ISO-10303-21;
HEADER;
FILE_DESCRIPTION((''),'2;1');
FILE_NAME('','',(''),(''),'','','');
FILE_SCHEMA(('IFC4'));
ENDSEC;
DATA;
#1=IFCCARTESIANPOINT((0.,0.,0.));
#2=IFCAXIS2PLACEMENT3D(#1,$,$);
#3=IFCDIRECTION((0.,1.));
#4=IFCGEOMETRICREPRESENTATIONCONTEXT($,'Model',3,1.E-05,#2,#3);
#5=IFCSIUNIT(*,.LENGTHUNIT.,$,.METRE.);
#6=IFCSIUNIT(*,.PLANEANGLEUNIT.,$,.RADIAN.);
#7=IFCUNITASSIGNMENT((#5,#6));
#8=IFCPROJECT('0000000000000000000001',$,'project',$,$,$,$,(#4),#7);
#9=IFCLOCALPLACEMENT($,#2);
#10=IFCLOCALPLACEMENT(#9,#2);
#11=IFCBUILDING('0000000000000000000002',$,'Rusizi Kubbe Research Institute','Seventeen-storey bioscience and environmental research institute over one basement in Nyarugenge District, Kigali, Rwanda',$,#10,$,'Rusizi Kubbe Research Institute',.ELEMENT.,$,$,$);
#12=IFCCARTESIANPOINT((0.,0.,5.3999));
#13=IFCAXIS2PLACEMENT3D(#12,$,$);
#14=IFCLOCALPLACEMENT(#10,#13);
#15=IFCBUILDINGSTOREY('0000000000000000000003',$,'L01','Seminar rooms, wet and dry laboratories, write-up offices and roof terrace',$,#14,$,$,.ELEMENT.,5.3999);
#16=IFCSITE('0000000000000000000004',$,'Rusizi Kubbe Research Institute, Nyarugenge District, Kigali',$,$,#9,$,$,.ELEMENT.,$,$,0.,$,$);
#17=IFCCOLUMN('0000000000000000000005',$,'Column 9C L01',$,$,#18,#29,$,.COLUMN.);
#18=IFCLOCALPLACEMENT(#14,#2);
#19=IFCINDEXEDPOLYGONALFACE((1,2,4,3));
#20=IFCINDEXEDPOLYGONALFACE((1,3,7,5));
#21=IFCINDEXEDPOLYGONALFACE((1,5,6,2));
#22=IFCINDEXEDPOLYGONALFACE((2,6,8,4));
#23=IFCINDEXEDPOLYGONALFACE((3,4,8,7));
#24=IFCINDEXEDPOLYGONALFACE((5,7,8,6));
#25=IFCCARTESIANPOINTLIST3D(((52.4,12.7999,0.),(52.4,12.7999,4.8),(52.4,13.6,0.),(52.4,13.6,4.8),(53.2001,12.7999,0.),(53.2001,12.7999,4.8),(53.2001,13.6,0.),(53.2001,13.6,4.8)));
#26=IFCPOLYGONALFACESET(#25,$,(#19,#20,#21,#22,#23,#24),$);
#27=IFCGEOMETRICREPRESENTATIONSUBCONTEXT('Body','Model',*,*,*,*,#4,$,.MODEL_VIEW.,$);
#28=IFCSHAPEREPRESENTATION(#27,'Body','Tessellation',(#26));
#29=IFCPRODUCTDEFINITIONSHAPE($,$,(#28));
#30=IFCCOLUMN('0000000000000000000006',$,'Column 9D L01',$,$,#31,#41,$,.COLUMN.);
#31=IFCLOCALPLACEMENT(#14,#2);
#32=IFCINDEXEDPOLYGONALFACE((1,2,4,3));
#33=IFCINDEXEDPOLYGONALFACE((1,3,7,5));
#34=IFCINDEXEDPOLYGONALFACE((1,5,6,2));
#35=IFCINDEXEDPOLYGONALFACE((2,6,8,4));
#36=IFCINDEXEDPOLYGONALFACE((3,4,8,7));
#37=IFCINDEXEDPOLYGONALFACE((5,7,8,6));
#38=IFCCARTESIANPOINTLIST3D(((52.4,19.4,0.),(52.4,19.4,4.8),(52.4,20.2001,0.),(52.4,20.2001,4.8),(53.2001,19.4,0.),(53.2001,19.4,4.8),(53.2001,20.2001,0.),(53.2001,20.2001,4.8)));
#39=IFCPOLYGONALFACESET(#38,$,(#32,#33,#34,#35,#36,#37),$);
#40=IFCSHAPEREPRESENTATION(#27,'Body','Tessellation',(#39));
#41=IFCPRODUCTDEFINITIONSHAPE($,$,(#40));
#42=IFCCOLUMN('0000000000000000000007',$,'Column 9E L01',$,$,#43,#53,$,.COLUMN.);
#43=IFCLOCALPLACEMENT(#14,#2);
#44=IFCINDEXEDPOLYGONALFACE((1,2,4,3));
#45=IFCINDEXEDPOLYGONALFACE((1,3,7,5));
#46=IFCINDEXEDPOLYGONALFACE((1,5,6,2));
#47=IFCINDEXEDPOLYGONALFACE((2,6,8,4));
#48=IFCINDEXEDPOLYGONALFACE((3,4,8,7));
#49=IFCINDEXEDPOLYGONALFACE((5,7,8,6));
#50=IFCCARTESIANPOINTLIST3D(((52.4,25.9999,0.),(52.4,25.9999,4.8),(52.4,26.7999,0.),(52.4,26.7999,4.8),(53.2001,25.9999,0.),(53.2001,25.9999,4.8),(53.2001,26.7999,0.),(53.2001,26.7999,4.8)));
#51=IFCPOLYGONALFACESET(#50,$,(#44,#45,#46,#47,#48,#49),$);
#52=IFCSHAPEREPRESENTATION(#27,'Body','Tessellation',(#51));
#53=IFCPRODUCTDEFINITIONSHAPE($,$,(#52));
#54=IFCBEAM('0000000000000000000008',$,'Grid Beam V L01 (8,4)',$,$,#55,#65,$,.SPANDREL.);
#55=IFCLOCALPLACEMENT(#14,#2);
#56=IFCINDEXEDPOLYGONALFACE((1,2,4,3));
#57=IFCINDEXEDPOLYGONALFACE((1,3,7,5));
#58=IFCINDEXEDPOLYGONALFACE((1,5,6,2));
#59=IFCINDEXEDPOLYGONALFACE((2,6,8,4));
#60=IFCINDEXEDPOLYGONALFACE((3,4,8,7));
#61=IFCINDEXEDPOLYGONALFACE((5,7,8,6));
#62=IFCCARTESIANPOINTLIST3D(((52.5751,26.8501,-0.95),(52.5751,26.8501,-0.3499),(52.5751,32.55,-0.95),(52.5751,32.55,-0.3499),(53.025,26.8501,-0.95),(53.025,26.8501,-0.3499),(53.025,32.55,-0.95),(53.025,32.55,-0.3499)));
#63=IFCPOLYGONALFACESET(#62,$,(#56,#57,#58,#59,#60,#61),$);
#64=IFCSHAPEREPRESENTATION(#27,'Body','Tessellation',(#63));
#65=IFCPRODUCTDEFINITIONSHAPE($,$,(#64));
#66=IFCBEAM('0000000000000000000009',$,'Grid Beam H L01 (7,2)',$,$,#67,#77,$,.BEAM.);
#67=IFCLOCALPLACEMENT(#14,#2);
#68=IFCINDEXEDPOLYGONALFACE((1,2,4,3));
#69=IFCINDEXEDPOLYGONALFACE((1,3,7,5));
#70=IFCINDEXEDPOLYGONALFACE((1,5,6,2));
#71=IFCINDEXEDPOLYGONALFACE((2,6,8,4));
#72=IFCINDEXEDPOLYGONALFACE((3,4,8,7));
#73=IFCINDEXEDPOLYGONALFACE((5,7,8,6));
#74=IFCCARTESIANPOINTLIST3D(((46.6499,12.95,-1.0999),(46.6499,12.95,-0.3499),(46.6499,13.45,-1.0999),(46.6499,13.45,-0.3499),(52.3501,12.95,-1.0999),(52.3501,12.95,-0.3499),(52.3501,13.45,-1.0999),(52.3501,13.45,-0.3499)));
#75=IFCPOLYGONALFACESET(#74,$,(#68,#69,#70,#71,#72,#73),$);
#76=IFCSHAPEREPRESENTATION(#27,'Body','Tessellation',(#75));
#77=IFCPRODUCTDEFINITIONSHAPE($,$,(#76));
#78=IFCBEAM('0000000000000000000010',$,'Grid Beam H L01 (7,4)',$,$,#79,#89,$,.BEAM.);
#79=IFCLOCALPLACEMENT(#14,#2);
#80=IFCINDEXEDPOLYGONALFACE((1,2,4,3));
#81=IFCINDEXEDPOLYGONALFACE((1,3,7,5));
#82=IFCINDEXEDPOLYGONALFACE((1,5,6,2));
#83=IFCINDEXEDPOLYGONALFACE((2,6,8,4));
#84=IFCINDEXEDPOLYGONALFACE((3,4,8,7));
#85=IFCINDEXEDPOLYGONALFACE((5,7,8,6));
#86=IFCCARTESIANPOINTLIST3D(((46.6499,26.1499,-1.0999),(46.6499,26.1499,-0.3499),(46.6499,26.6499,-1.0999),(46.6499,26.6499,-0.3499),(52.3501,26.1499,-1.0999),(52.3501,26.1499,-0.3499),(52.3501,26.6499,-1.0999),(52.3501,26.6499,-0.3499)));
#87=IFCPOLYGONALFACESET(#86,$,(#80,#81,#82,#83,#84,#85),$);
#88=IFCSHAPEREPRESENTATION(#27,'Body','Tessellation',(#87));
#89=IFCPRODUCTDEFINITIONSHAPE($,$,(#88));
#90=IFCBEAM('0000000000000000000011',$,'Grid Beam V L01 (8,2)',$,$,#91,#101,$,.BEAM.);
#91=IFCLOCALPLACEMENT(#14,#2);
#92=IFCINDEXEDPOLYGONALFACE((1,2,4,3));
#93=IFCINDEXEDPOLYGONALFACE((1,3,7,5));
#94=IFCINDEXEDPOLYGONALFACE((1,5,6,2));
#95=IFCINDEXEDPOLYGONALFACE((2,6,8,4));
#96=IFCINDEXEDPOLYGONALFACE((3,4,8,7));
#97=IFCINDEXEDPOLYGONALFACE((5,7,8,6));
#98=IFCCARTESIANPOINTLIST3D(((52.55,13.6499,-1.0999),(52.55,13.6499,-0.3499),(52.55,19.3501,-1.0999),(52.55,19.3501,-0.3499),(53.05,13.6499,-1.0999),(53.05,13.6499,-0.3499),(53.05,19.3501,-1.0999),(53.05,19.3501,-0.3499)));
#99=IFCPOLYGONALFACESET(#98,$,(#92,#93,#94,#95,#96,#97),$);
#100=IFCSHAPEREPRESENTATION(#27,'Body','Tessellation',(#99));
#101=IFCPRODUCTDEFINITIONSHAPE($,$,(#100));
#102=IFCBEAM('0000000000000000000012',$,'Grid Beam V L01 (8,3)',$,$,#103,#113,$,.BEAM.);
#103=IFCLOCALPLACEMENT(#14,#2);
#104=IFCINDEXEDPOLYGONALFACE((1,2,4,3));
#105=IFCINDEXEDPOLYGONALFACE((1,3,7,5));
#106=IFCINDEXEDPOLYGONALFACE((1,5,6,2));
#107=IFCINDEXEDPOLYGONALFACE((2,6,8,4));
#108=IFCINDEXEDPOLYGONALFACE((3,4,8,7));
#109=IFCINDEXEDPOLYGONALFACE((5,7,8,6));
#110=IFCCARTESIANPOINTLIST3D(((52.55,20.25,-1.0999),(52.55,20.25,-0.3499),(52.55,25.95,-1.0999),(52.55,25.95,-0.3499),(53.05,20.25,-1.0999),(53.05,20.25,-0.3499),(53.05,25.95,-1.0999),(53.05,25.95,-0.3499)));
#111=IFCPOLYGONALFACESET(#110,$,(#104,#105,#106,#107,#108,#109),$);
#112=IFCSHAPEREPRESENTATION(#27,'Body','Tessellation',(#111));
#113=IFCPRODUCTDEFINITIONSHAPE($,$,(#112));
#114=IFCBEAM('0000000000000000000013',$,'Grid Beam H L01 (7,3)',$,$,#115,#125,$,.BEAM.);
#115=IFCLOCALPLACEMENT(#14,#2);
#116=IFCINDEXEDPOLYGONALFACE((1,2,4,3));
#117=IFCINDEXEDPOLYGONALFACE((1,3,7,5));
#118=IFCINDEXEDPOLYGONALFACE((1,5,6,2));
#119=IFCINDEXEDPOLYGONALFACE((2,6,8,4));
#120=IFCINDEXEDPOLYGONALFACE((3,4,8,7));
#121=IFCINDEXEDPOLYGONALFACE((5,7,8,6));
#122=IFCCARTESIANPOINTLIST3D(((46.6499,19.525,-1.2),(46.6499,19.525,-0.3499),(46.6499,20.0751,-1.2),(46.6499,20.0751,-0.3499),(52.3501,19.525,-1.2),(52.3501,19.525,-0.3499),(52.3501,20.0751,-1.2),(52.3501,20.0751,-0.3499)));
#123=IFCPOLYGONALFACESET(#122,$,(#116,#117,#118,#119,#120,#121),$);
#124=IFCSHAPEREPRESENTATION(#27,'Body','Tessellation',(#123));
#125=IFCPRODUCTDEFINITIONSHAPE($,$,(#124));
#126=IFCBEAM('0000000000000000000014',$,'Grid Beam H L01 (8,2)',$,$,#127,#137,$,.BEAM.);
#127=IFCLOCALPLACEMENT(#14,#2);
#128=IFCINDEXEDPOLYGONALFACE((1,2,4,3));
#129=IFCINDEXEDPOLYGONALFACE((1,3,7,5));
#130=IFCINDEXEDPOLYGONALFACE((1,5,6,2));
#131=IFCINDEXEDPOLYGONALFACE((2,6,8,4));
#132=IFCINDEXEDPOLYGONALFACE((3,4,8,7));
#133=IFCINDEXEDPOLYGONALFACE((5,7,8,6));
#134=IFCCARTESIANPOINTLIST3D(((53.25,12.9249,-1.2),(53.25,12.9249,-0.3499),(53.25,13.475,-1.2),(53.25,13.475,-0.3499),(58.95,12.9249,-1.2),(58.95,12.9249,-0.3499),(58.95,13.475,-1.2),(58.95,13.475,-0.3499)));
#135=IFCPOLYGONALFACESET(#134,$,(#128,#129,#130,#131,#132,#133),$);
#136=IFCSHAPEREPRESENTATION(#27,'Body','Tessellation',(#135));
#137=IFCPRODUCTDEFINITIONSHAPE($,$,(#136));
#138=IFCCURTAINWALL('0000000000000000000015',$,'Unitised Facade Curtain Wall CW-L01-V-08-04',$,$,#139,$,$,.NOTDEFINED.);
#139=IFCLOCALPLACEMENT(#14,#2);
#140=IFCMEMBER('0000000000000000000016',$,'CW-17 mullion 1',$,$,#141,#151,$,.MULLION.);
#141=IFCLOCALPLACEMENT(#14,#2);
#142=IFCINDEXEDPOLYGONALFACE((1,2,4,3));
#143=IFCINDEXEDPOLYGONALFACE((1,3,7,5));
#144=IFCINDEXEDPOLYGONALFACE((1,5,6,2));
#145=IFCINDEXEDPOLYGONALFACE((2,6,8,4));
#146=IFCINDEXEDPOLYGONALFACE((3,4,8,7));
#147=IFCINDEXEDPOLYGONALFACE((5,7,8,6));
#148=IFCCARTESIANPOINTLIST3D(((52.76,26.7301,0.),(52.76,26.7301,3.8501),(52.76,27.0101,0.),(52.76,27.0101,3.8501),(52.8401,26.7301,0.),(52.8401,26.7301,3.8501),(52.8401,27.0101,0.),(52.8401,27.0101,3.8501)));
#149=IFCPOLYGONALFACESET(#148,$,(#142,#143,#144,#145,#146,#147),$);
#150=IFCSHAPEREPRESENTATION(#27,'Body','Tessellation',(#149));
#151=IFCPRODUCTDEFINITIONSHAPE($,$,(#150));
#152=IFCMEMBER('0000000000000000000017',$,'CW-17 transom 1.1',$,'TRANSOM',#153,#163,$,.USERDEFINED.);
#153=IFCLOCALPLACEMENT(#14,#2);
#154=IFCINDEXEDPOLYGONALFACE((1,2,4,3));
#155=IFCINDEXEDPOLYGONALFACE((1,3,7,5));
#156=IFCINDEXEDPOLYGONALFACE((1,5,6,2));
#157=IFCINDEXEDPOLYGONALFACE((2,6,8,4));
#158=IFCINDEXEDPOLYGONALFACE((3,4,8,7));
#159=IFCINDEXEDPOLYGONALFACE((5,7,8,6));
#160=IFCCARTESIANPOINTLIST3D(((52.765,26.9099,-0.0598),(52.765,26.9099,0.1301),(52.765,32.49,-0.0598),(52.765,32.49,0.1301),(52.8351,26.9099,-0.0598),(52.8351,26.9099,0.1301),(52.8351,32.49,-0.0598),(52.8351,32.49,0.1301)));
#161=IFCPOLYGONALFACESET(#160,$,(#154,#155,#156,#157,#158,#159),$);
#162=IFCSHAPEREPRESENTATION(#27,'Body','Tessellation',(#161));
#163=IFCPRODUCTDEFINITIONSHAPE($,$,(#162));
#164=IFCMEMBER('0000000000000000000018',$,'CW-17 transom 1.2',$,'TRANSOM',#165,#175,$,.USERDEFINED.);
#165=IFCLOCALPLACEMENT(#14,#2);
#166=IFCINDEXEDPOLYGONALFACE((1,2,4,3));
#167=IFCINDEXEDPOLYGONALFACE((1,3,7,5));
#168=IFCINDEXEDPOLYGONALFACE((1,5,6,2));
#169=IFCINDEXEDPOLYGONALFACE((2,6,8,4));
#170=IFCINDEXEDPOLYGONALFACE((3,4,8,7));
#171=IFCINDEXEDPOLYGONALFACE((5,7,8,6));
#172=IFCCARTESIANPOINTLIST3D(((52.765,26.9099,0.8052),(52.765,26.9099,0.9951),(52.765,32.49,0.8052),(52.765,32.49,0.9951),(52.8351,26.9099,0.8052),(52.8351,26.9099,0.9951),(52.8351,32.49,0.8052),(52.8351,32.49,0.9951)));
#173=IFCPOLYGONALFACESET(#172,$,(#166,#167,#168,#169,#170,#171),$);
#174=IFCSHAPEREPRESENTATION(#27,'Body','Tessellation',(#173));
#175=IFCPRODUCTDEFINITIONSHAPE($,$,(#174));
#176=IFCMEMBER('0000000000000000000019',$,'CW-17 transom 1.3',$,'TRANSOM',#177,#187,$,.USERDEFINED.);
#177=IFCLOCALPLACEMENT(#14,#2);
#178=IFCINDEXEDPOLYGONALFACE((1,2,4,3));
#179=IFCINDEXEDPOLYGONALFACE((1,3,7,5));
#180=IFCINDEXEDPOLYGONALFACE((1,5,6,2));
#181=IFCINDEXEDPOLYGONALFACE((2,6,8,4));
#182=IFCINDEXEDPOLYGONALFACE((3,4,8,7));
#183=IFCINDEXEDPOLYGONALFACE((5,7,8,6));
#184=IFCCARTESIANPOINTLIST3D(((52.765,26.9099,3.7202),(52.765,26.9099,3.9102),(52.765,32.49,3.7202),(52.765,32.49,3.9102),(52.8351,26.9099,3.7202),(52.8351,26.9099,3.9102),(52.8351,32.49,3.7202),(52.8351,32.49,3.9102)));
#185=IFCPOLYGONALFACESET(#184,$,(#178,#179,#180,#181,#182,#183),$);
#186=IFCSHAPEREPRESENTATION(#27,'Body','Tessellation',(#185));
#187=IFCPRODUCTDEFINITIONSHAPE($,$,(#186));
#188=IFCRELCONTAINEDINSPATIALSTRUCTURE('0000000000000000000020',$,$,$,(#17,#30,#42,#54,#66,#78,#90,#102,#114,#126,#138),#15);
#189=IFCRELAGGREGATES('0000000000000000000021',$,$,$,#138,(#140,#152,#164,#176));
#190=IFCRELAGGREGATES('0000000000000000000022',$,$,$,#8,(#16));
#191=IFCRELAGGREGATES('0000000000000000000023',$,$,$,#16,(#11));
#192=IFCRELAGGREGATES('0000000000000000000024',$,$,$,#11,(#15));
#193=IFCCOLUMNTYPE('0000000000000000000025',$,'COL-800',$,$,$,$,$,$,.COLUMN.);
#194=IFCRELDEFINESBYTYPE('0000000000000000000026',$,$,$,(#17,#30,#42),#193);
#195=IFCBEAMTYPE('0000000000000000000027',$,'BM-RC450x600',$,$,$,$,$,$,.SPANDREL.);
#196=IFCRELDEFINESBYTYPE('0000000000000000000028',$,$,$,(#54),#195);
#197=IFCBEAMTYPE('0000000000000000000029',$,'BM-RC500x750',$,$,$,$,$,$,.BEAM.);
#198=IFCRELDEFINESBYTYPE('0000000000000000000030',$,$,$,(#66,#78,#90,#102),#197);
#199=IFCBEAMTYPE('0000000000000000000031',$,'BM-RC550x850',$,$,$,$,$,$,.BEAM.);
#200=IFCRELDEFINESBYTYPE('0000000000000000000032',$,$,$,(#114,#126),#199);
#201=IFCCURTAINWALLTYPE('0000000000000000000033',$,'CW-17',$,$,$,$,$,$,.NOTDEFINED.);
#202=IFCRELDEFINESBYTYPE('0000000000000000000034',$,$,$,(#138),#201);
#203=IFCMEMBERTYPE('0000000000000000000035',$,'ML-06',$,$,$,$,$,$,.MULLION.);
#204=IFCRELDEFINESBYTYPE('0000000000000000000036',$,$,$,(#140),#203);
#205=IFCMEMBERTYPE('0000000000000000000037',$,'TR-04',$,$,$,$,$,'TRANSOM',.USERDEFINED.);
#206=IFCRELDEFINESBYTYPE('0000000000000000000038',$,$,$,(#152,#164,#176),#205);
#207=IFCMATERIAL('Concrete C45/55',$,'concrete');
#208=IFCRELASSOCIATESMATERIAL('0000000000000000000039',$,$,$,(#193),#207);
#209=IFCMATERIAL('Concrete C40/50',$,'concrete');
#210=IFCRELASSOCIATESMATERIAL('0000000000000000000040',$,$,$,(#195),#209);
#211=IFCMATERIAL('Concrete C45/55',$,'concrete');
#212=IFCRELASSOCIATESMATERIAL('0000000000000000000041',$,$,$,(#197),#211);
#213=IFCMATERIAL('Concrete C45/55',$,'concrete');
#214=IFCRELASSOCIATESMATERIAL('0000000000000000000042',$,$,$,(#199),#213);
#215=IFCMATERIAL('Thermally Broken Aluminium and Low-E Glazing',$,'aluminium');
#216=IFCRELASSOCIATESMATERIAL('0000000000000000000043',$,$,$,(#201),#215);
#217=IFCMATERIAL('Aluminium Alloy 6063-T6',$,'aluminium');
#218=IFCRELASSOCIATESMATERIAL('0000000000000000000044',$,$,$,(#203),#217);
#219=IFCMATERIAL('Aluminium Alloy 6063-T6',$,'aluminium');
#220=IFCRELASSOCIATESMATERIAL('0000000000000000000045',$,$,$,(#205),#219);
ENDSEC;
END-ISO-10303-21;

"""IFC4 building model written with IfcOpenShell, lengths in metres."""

from ifc_helpers import new_model, si_unit, direction, frame, origin, origin_2d, place, context, subcontext, project, spatial, rectangle, extrude, material, material_profile, profile_set, type_object, element, aggregate, save


model = new_model("IFC4")

# Units and contexts
model_context = context("Model", 3, precision=1e-05, world=origin(), true_north=direction((0.0, 1.0)))
body_context = subcontext(model_context, "Body", "Model", "MODEL_VIEW")
ifc_project = project(units=[si_unit("LENGTHUNIT", "METRE"), si_unit("PLANEANGLEUNIT", "RADIAN")], contexts=[model_context])

# Site, building, storey
site_placement = place(None, origin())
site = spatial("IfcSite", under=ifc_project, at=site_placement, Name="Rusizi Kubbe Research Institute, Nyarugenge District, Kigali", CompositionType="ELEMENT", RefElevation=0.0)
building_placement = place(site_placement, origin())
building = spatial("IfcBuilding", under=site, at=building_placement, Name="Rusizi Kubbe Research Institute", Description="Seventeen-storey bioscience and environmental research institute over one basement in Nyarugenge District, Kigali, Rwanda", LongName="Rusizi Kubbe Research Institute", CompositionType="ELEMENT")
storey_placement = place(building_placement, frame((0.0, 0.0, 5.3999)))
storey = spatial("IfcBuildingStorey", under=building, at=storey_placement, Name="L01", Description="Seminar rooms, wet and dry laboratories, write-up offices and roof terrace", CompositionType="ELEMENT", Elevation=5.3999)

# Columns
ifc_material_1 = material(Name="Concrete C45/55", Category="concrete")
ifc_material_profile_1 = material_profile(ifc_material_1, rectangle(XDim=0.8, YDim=0.8, at=origin_2d()), Name="RC800x800")
ifc_profile_set_1 = profile_set([ifc_material_profile_1], Name="Concrete C45/55")
column_type = type_object("IfcColumnType", Name="COL-800", PredefinedType="COLUMN", material=ifc_profile_set_1)
for number, where, z_axis, x_axis, name in (
    (1, (52.8, 13.2, 0.0), (0.0, 0.0, 1.0), (1.0, 0.0, 0.0), "Column 9C L01"),
    (2, (52.8, 19.8, 0.0), (0.0, 0.0, 1.0), (1.0, 0.0, 0.0), "Column 9D L01"),
    (3, (52.8, 26.3999, 0.0), (0.0, 0.0, 1.0), (1.0, 0.0, 0.0), "Column 9E L01"),
):
    element("IfcColumn", number, at=place(storey_placement, frame(where, z_axis=z_axis, x_axis=x_axis)), inside=storey, type_object=column_type, Name=name, PredefinedType="COLUMN", context=body_context, shape_type="SweptSolid", body=[
        extrude(rectangle(XDim=0.8, YDim=0.8, at=origin_2d()), origin(), (0.0, 0.0, 1.0), 4.8),
    ])

# Beams
ifc_material_2 = material(Name="Concrete C40/50", Category="concrete")
ifc_material_profile_2 = material_profile(ifc_material_2, rectangle(XDim=0.45, YDim=0.6001, at=origin_2d()), Name="RC450x600")
ifc_profile_set_2 = profile_set([ifc_material_profile_2], Name="Concrete C40/50")
beam_type_1 = type_object("IfcBeamType", Name="BM-RC450x600", PredefinedType="SPANDREL", material=ifc_profile_set_2)
beam_1_placement = place(storey_placement, frame((52.8, 26.8501, -0.6499), z_axis=(0.0, 1.0, 0.0), x_axis=(-1.0, 0.0, 0.0)))
element("IfcBeam", 4, at=beam_1_placement, inside=storey, type_object=beam_type_1, Name="Grid Beam V L01 (8,4)", PredefinedType="SPANDREL", context=body_context, shape_type="SweptSolid", body=[
    extrude(rectangle(XDim=0.45, YDim=0.6001, at=origin_2d()), origin(), (0.0, 0.0, 1.0), 5.7),
])
ifc_material_3 = material(Name="Concrete C45/55", Category="concrete")
ifc_material_profile_3 = material_profile(ifc_material_3, rectangle(XDim=0.5, YDim=0.75, at=origin_2d()), Name="RC500x750B")
ifc_profile_set_3 = profile_set([ifc_material_profile_3], Name="Concrete C45/55")
beam_type_2 = type_object("IfcBeamType", Name="BM-RC500x750", PredefinedType="BEAM", material=ifc_profile_set_3)
for number, where, z_axis, x_axis, name in (
    (5, (46.6499, 13.2, -0.7249), (1.0, 0.0, 0.0), (0.0, 1.0, 0.0), "Grid Beam H L01 (7,2)"),
    (6, (46.6499, 26.3999, -0.7249), (1.0, 0.0, 0.0), (0.0, 1.0, 0.0), "Grid Beam H L01 (7,4)"),
    (7, (52.8, 13.6499, -0.7249), (0.0, 1.0, 0.0), (-1.0, 0.0, 0.0), "Grid Beam V L01 (8,2)"),
):
    element("IfcBeam", number, at=place(storey_placement, frame(where, z_axis=z_axis, x_axis=x_axis)), inside=storey, type_object=beam_type_2, Name=name, PredefinedType="BEAM", context=body_context, shape_type="SweptSolid", body=[
        extrude(rectangle(XDim=0.5, YDim=0.75, at=origin_2d()), origin(), (0.0, 0.0, 1.0), 5.7002),
    ])
beam_2_placement = place(storey_placement, frame((52.8, 20.25, -0.7249), z_axis=(0.0, 1.0, 0.0), x_axis=(-1.0, 0.0, 0.0)))
element("IfcBeam", 8, at=beam_2_placement, inside=storey, type_object=beam_type_2, Name="Grid Beam V L01 (8,3)", PredefinedType="BEAM", context=body_context, shape_type="SweptSolid", body=[
    extrude(rectangle(XDim=0.5, YDim=0.75, at=origin_2d()), origin(), (0.0, 0.0, 1.0), 5.7),
])
ifc_material_4 = material(Name="Concrete C45/55", Category="concrete")
ifc_material_profile_4 = material_profile(ifc_material_4, rectangle(XDim=0.55, YDim=0.8501, at=origin_2d()), Name="RC550x850")
ifc_profile_set_4 = profile_set([ifc_material_profile_4], Name="Concrete C45/55")
beam_type_3 = type_object("IfcBeamType", Name="BM-RC550x850", PredefinedType="BEAM", material=ifc_profile_set_4)
beam_3_placement = place(storey_placement, frame((46.6499, 19.8, -0.7749), z_axis=(1.0, 0.0, 0.0), x_axis=(0.0, 1.0, 0.0)))
element("IfcBeam", 9, at=beam_3_placement, inside=storey, type_object=beam_type_3, Name="Grid Beam H L01 (7,3)", PredefinedType="BEAM", context=body_context, shape_type="SweptSolid", body=[
    extrude(rectangle(XDim=0.55, YDim=0.8501, at=origin_2d()), origin(), (0.0, 0.0, 1.0), 5.7002),
])
beam_4_placement = place(storey_placement, frame((53.25, 13.2, -0.7749), z_axis=(1.0, 0.0, 0.0), x_axis=(0.0, 1.0, 0.0)))
element("IfcBeam", 10, at=beam_4_placement, inside=storey, type_object=beam_type_3, Name="Grid Beam H L01 (8,2)", PredefinedType="BEAM", context=body_context, shape_type="SweptSolid", body=[
    extrude(rectangle(XDim=0.55, YDim=0.8501, at=origin_2d()), origin(), (0.0, 0.0, 1.0), 5.7),
])

# Curtain wall, members
ifc_material_5 = material(Name="Thermally Broken Aluminium and Low-E Glazing", Category="aluminium")
curtain_wall_type = type_object("IfcCurtainWallType", Name="CW-17", PredefinedType="NOTDEFINED", material=ifc_material_5)
curtain_wall_placement = place(storey_placement, origin())
curtain_wall = element("IfcCurtainWall", 11, at=curtain_wall_placement, inside=storey, type_object=curtain_wall_type, Name="Unitised Facade Curtain Wall CW-L01-V-08-04", PredefinedType="NOTDEFINED")
ifc_material_6 = material(Name="Aluminium Alloy 6063-T6", Category="aluminium")
ifc_material_profile_5 = material_profile(ifc_material_6, rectangle(XDim=0.0801, YDim=0.28, at=origin_2d()), Name="ALU-M 80x280")
ifc_profile_set_5 = profile_set([ifc_material_profile_5], Name="Aluminium Alloy 6063-T6")
member_type_1 = type_object("IfcMemberType", Name="ML-06", PredefinedType="MULLION", material=ifc_profile_set_5)
member_1_placement = place(storey_placement, frame((52.8, 26.8701, 0.0), z_axis=(0.0, 0.0, 1.0), x_axis=(-1.0, 0.0, 0.0)))
member_1 = element("IfcMember", 12, at=member_1_placement, type_object=member_type_1, Name="CW-17 mullion 1", PredefinedType="MULLION", context=body_context, shape_type="SweptSolid", body=[
    extrude(rectangle(XDim=0.0801, YDim=0.28, at=origin_2d()), origin(), (0.0, 0.0, 1.0), 3.8501),
])
ifc_material_7 = material(Name="Aluminium Alloy 6063-T6", Category="aluminium")
ifc_material_profile_6 = material_profile(ifc_material_7, rectangle(XDim=0.0701, YDim=0.1899, at=origin_2d()), Name="ALU-T 70x190")
ifc_profile_set_6 = profile_set([ifc_material_profile_6], Name="Aluminium Alloy 6063-T6")
member_type_2 = type_object("IfcMemberType", Name="TR-04", ElementType="TRANSOM", PredefinedType="USERDEFINED", material=ifc_profile_set_6)
member_2_placement = place(storey_placement, frame((52.8, 26.9099, 0.0352), z_axis=(0.0, 1.0, 0.0), x_axis=(-1.0, 0.0, 0.0)))
member_2 = element("IfcMember", 13, at=member_2_placement, type_object=member_type_2, Name="CW-17 transom 1.1", ObjectType="TRANSOM", PredefinedType="USERDEFINED", context=body_context, shape_type="SweptSolid", body=[
    extrude(rectangle(XDim=0.0701, YDim=0.1899, at=origin_2d()), origin(), (0.0, 0.0, 1.0), 5.5801),
])
member_3_placement = place(storey_placement, frame((52.8, 26.9099, 0.9001), z_axis=(0.0, 1.0, 0.0), x_axis=(-1.0, 0.0, 0.0)))
member_3 = element("IfcMember", 14, at=member_3_placement, type_object=member_type_2, Name="CW-17 transom 1.2", ObjectType="TRANSOM", PredefinedType="USERDEFINED", context=body_context, shape_type="SweptSolid", body=[
    extrude(rectangle(XDim=0.0701, YDim=0.1899, at=origin_2d()), origin(), (0.0, 0.0, 1.0), 5.5801),
])
member_4_placement = place(storey_placement, frame((52.8, 26.9099, 3.8152), z_axis=(0.0, 1.0, 0.0), x_axis=(-1.0, 0.0, 0.0)))
member_4 = element("IfcMember", 15, at=member_4_placement, type_object=member_type_2, Name="CW-17 transom 1.3", ObjectType="TRANSOM", PredefinedType="USERDEFINED", context=body_context, shape_type="SweptSolid", body=[
    extrude(rectangle(XDim=0.0701, YDim=0.1899, at=origin_2d()), origin(), (0.0, 0.0, 1.0), 5.5801),
])
aggregate(curtain_wall, [member_1, member_2, member_3, member_4])

save(model, "model.ifc")
